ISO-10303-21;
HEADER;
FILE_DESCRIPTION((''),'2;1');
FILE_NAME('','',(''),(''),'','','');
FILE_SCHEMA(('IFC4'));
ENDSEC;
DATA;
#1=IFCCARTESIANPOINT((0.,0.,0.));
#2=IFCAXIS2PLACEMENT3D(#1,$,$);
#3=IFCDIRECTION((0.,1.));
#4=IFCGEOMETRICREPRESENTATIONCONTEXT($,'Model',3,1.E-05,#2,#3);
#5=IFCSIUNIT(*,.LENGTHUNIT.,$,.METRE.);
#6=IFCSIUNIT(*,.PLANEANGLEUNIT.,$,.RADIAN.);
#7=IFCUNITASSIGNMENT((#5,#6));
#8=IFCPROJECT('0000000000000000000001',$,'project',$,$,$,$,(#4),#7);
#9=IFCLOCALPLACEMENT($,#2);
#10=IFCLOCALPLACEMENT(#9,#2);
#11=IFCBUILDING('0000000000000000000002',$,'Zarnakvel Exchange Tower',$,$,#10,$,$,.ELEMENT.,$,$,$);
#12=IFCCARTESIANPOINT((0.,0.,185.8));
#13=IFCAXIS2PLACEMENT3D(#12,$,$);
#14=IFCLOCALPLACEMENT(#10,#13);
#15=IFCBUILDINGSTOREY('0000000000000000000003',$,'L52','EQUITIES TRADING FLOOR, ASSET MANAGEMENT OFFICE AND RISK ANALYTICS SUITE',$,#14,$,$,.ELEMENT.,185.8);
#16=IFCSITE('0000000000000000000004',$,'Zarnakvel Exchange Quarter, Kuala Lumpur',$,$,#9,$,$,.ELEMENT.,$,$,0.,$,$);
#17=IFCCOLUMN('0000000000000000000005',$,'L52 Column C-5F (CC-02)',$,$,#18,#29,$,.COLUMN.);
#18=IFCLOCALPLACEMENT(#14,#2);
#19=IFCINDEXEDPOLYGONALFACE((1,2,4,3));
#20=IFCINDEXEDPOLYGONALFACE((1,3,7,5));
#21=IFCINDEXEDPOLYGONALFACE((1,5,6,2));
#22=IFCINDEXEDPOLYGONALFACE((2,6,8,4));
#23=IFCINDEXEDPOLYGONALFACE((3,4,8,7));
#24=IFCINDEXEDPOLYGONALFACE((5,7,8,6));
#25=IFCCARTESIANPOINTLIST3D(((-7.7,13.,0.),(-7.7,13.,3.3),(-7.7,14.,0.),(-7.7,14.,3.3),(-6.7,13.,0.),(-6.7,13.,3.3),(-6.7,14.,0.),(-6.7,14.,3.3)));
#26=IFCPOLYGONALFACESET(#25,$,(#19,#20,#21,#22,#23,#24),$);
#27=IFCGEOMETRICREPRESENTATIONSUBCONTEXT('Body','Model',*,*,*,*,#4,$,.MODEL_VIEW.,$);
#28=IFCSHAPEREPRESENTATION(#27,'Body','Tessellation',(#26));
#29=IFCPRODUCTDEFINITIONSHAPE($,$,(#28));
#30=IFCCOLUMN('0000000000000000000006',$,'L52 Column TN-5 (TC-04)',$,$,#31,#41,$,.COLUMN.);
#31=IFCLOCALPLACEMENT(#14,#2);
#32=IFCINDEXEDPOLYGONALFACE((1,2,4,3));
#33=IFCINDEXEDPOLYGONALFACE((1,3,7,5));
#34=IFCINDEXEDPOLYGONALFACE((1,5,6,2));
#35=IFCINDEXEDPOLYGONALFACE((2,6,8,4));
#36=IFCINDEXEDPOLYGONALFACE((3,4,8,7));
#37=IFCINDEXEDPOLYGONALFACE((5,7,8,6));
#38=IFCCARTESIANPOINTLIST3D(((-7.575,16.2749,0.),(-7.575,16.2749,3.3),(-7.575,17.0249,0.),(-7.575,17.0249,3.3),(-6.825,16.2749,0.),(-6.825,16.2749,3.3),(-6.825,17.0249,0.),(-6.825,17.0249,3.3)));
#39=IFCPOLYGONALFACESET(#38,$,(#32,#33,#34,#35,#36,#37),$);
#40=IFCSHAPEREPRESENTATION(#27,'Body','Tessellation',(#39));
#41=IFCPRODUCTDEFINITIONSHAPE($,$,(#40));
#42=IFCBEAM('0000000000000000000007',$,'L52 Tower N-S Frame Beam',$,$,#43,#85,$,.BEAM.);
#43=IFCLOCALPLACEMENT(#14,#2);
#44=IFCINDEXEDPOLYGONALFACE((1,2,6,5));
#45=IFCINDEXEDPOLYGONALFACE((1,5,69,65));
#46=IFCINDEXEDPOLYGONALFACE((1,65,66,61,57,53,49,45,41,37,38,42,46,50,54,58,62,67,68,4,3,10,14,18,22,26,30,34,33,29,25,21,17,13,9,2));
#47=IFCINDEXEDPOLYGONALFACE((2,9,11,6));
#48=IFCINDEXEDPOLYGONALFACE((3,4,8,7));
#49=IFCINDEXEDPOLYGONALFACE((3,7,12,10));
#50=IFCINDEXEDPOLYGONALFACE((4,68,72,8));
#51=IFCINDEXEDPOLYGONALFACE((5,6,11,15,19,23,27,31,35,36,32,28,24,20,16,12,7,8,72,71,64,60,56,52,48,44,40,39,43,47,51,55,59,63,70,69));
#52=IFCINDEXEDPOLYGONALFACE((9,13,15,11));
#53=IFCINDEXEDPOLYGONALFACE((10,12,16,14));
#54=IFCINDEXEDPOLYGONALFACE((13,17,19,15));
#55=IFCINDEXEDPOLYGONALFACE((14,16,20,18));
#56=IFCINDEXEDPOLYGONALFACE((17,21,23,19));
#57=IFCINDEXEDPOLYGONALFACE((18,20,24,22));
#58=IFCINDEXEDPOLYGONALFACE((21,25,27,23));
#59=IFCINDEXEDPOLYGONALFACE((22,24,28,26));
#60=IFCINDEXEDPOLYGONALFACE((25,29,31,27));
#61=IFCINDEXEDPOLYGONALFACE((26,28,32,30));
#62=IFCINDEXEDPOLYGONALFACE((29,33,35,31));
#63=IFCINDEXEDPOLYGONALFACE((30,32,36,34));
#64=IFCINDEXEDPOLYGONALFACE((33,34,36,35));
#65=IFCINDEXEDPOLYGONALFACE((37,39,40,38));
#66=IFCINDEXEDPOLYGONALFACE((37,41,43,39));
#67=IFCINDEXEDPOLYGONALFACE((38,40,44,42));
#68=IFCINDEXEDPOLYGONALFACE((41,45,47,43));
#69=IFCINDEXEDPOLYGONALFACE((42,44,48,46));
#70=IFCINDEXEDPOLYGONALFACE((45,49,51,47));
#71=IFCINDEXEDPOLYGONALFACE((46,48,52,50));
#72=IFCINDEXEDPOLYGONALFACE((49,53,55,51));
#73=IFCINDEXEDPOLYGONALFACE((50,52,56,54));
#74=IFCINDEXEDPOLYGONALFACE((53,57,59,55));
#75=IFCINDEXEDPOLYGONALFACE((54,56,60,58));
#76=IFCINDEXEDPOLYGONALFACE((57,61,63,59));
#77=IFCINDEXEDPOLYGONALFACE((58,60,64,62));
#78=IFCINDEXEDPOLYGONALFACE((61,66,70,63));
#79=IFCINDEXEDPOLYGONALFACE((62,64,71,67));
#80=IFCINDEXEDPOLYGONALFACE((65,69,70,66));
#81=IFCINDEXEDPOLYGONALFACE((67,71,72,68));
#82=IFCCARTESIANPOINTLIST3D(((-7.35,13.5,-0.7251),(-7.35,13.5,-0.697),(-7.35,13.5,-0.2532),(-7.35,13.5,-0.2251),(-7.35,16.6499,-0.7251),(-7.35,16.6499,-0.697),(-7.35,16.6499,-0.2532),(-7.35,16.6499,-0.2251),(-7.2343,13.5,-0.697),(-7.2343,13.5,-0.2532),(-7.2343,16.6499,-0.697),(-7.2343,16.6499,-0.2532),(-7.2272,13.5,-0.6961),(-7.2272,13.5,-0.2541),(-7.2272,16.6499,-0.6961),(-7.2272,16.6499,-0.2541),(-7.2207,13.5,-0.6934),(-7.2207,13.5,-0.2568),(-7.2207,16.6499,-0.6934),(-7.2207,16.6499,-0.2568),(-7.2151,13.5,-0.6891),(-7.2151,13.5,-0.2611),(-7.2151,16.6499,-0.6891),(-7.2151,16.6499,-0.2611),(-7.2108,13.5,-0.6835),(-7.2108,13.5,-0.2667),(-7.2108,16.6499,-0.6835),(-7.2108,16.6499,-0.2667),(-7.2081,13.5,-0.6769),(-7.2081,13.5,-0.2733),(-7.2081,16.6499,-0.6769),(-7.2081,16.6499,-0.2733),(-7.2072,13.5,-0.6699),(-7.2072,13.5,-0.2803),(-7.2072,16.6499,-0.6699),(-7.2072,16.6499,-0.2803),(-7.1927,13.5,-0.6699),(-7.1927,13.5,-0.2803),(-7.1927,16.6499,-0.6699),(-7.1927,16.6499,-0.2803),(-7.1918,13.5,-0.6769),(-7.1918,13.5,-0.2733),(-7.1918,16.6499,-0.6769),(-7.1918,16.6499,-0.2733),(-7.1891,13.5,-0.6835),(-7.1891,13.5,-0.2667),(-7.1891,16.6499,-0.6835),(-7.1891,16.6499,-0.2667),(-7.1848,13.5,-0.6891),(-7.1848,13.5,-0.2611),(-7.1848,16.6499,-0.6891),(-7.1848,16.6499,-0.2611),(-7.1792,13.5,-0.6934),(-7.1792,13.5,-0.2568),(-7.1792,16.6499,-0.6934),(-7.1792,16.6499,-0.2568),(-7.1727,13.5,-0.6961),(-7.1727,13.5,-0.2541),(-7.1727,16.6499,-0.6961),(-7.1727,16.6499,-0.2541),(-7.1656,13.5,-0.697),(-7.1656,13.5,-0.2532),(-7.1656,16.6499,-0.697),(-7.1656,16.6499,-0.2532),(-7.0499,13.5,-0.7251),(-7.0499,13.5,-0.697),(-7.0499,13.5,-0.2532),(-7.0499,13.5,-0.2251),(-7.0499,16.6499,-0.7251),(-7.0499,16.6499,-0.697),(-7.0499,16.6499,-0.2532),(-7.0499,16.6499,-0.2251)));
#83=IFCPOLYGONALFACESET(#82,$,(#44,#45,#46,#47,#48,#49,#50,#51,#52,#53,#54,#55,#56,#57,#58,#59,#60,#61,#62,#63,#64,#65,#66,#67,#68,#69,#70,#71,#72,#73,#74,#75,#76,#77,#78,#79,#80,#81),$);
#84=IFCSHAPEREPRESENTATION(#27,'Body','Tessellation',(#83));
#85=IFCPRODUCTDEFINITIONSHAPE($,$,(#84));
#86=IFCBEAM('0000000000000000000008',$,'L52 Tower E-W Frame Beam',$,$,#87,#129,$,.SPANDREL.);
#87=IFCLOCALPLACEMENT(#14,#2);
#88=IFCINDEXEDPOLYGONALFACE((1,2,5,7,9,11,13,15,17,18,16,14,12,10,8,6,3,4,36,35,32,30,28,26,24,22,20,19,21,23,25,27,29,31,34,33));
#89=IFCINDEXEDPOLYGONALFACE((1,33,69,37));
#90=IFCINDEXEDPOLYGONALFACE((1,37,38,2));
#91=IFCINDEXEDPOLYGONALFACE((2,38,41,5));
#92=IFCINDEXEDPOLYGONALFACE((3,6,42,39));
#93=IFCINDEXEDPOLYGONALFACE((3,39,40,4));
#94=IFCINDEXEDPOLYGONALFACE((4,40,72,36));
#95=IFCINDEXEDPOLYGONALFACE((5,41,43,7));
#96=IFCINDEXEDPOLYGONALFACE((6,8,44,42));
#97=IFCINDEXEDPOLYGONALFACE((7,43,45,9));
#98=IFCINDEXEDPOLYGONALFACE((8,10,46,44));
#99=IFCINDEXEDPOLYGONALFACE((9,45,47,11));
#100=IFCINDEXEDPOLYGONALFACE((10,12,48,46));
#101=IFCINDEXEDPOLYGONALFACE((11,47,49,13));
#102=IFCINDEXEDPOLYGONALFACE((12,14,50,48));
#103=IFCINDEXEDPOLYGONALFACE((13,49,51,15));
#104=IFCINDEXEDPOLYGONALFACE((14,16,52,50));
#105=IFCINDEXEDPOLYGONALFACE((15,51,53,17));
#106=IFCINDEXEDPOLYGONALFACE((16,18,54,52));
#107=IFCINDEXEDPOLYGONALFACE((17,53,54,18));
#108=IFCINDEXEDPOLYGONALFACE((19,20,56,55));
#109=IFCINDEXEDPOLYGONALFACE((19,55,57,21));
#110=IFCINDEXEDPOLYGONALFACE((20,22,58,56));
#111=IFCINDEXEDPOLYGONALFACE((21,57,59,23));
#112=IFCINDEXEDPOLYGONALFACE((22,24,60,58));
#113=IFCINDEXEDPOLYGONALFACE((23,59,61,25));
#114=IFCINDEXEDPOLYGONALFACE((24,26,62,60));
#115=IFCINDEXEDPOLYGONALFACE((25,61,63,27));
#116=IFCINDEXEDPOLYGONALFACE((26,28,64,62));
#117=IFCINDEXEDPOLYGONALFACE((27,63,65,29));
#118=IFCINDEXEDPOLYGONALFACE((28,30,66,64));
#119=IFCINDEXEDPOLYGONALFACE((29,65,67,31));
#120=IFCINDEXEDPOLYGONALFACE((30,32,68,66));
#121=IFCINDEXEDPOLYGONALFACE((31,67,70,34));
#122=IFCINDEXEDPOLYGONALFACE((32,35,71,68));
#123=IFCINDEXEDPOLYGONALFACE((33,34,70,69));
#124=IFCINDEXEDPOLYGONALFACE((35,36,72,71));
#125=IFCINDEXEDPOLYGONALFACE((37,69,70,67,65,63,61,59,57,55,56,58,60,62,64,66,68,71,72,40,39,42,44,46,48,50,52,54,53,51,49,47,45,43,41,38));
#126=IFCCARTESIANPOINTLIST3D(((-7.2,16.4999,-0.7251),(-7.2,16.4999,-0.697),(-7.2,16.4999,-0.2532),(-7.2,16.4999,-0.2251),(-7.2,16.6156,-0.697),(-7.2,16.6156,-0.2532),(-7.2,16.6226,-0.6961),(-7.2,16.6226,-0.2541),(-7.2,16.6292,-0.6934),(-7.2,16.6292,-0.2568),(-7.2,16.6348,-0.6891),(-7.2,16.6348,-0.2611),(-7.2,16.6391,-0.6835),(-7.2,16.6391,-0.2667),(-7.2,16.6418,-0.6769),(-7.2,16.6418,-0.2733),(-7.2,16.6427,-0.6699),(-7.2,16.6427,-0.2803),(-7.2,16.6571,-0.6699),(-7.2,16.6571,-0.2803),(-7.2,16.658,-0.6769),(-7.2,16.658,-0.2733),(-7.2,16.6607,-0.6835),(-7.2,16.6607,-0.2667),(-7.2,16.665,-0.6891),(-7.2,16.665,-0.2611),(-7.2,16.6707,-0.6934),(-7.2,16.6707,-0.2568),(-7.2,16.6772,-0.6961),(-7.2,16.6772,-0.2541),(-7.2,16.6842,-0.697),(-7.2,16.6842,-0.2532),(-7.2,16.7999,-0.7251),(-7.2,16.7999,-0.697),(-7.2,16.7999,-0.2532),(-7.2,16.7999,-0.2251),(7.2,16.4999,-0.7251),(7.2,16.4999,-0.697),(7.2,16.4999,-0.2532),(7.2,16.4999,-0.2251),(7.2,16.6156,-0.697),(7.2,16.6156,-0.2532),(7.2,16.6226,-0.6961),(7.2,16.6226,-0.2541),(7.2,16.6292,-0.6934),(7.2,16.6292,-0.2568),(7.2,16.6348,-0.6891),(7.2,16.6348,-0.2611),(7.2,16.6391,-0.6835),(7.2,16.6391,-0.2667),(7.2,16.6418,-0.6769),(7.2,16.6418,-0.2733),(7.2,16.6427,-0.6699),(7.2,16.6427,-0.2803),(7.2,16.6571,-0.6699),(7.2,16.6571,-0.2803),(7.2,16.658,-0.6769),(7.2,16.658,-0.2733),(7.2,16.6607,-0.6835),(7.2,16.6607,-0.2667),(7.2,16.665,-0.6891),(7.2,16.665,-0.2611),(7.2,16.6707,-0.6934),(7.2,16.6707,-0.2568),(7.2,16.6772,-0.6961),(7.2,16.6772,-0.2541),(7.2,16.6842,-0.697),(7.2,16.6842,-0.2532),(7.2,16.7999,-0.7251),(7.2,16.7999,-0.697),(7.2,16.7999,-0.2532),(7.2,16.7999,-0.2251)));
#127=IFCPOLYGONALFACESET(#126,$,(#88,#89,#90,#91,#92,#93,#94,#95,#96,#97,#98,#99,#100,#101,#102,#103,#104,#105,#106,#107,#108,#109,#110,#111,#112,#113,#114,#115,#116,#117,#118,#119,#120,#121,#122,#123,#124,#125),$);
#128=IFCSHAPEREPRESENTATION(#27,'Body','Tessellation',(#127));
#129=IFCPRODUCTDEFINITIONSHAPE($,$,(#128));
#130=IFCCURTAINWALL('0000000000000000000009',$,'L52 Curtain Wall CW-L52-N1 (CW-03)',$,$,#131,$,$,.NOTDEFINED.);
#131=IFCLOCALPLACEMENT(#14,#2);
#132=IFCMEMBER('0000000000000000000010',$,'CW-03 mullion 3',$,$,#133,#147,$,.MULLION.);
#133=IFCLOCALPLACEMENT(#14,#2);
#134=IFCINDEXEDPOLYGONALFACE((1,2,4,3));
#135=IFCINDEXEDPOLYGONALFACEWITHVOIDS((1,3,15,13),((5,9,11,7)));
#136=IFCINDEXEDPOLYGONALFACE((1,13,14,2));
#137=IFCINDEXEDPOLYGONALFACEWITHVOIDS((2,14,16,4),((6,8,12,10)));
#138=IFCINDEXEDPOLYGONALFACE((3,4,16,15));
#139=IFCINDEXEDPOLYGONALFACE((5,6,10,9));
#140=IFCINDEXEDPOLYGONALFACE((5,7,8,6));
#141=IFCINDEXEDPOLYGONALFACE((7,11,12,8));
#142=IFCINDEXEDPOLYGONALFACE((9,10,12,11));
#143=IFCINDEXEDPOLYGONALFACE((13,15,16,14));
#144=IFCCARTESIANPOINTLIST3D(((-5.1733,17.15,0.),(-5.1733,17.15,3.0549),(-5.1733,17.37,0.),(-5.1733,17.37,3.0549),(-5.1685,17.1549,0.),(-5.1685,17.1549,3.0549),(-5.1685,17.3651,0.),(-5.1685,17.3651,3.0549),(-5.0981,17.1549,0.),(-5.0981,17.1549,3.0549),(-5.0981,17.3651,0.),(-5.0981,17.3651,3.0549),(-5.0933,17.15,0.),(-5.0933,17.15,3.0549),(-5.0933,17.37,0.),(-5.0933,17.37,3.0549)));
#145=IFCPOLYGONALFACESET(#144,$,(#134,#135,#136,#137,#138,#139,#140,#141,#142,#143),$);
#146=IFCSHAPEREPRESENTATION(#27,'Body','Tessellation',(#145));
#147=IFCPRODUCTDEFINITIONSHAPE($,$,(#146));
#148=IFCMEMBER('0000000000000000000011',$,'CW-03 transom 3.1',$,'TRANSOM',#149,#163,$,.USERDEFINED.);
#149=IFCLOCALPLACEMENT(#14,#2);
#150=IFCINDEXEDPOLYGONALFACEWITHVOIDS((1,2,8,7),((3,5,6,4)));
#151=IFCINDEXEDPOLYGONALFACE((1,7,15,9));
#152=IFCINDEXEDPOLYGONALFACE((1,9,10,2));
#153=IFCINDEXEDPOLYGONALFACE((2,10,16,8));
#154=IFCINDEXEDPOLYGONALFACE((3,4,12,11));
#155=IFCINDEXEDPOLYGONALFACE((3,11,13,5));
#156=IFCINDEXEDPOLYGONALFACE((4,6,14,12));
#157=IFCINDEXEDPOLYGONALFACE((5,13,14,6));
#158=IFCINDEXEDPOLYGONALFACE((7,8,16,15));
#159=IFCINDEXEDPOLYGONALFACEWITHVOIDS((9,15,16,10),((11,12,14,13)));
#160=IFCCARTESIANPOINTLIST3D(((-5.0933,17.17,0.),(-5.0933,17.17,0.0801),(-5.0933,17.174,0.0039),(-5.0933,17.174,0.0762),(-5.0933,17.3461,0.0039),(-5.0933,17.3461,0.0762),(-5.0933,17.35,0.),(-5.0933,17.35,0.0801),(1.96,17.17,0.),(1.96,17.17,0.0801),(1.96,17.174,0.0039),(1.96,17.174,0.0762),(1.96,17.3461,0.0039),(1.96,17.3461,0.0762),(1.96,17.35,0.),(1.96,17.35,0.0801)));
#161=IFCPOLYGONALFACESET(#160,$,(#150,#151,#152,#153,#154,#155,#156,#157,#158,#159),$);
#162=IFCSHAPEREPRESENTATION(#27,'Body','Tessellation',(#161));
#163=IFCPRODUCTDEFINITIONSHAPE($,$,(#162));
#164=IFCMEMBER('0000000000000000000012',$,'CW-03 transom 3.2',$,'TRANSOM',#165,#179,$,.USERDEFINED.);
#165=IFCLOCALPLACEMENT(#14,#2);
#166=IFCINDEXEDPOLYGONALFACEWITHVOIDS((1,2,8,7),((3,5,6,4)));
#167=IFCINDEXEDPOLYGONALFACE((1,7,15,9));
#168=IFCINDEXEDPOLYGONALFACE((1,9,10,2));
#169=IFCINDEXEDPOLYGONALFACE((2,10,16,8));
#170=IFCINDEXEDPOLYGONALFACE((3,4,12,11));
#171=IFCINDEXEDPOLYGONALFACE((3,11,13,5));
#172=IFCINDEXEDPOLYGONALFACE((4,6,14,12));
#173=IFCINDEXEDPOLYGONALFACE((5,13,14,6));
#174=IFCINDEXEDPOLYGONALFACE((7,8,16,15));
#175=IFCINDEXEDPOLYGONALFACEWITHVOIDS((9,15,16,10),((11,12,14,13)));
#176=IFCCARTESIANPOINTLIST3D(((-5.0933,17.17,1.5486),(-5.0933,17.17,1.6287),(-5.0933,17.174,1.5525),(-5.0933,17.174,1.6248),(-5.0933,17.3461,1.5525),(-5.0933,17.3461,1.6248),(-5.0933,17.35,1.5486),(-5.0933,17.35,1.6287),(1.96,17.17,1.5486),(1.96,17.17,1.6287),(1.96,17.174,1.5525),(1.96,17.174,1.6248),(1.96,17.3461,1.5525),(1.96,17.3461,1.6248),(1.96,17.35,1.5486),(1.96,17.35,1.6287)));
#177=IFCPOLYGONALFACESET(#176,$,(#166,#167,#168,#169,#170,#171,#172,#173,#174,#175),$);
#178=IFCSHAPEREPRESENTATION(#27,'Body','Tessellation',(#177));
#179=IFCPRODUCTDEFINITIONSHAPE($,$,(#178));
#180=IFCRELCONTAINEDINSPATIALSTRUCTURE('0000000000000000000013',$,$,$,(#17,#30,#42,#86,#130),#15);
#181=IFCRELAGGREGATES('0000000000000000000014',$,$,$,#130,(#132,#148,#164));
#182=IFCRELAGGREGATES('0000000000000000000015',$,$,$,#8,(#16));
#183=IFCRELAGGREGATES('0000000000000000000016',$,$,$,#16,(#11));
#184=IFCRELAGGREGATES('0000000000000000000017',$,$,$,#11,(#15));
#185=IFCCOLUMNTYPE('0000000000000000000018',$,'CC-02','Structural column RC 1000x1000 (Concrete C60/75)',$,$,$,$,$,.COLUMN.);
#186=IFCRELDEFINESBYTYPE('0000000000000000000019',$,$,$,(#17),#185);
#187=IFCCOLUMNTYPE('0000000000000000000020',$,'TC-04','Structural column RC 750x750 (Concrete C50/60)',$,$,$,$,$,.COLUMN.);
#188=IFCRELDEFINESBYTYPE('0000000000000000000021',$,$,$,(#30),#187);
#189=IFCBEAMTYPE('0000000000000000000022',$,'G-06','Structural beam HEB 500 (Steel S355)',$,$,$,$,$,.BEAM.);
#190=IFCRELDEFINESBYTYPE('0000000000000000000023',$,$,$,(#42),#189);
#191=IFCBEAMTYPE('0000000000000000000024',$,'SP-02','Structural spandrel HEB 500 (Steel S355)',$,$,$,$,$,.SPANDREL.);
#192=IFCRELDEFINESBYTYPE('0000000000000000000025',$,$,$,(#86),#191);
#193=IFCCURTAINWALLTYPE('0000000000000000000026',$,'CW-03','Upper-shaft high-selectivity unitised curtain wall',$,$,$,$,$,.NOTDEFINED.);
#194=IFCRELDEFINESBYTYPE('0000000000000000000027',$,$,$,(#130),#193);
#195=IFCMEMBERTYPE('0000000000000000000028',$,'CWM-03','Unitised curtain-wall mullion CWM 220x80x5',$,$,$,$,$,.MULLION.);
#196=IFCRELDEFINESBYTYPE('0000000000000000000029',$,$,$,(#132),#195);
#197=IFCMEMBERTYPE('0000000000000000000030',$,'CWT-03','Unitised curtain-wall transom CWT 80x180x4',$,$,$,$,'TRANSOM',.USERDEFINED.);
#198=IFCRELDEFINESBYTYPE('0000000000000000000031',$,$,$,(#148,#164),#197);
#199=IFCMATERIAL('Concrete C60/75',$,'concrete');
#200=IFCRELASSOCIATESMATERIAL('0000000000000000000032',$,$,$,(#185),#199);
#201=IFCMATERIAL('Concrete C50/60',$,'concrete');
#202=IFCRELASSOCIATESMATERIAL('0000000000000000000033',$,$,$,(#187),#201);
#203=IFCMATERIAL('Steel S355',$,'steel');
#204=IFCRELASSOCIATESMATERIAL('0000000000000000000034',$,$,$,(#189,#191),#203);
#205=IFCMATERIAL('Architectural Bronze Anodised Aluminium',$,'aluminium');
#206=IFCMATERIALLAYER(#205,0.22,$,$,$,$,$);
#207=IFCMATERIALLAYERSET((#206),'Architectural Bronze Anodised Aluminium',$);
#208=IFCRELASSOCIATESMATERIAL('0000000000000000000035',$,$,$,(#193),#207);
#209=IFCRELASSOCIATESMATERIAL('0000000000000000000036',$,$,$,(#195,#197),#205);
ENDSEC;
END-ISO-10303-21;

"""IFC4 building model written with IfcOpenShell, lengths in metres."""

from ifc_helpers import new_model, si_unit, direction, frame, origin, origin_2d, place, context, subcontext, project, spatial, rectangle, hollow_rectangle, i_section, extrude, source, transform, mapped, material, layer, layer_set, material_profile, profile_set, type_object, element, aggregate, save


model = new_model("IFC4")

# Units and contexts
model_context = context("Model", 3, precision=1e-05, world=origin(), true_north=direction((0.0, 1.0)))
body_context = subcontext(model_context, "Body", "Model", "MODEL_VIEW")
ifc_project = project(units=[si_unit("LENGTHUNIT", "METRE"), si_unit("PLANEANGLEUNIT", "RADIAN")], contexts=[model_context])

# Site, building, storey
site_placement = place(None, origin())
site = spatial("IfcSite", under=ifc_project, at=site_placement, Name="Zarnakvel Exchange Quarter, Kuala Lumpur", CompositionType="ELEMENT", RefElevation=0.0)
building_placement = place(site_placement, origin())
building = spatial("IfcBuilding", under=site, at=building_placement, Name="Zarnakvel Exchange Tower", CompositionType="ELEMENT")
storey_placement = place(building_placement, frame((0.0, 0.0, 185.8)))
storey = spatial("IfcBuildingStorey", under=building, at=storey_placement, Name="L52", Description="EQUITIES TRADING FLOOR, ASSET MANAGEMENT OFFICE AND RISK ANALYTICS SUITE", CompositionType="ELEMENT", Elevation=185.8)

# Columns
ifc_material_1 = material(Name="Concrete C60/75", Category="concrete")
ifc_material_profile_1 = material_profile(ifc_material_1, rectangle(XDim=1.0, YDim=1.0, at=origin_2d()))
ifc_profile_set_1 = profile_set([ifc_material_profile_1], Name="Concrete C60/75")
column_type_1 = type_object("IfcColumnType", Name="CC-02", Description="Structural column RC 1000x1000 (Concrete C60/75)", PredefinedType="COLUMN", material=ifc_profile_set_1)
column_1_placement = place(storey_placement, frame((-7.2, 13.5, 0.0), z_axis=(0.0, 0.0, 1.0), x_axis=(1.0, 0.0, 0.0)))
element("IfcColumn", 1, at=column_1_placement, inside=storey, type_object=column_type_1, Name="L52 Column C-5F (CC-02)", PredefinedType="COLUMN", context=body_context, shape_type="SweptSolid", body=[
    extrude(rectangle(XDim=1.0, YDim=1.0, at=origin_2d()), origin(), (0.0, 0.0, 1.0), 3.3),
])
ifc_material_2 = material(Name="Concrete C50/60", Category="concrete")
ifc_material_profile_2 = material_profile(ifc_material_2, rectangle(XDim=0.75, YDim=0.75, at=origin_2d()))
ifc_profile_set_2 = profile_set([ifc_material_profile_2], Name="Concrete C50/60")
column_type_2 = type_object("IfcColumnType", Name="TC-04", Description="Structural column RC 750x750 (Concrete C50/60)", PredefinedType="COLUMN", material=ifc_profile_set_2)
column_2_placement = place(storey_placement, frame((-7.2, 16.6499, 0.0), z_axis=(0.0, 0.0, 1.0), x_axis=(1.0, 0.0, 0.0)))
element("IfcColumn", 2, at=column_2_placement, inside=storey, type_object=column_type_2, Name="L52 Column TN-5 (TC-04)", PredefinedType="COLUMN", context=body_context, shape_type="SweptSolid", body=[
    extrude(rectangle(XDim=0.75, YDim=0.75, at=origin_2d()), origin(), (0.0, 0.0, 1.0), 3.3),
])

# Beams
ifc_material_3 = material(Name="Steel S355", Category="steel")
ifc_material_profile_3 = material_profile(ifc_material_3, i_section(OverallWidth=0.3, OverallDepth=0.5, WebThickness=0.0144, FlangeThickness=0.0281, FilletRadius=0.0271, at=origin_2d()))
ifc_profile_set_3 = profile_set([ifc_material_profile_3], Name="Steel S355")
beam_type_1 = type_object("IfcBeamType", Name="G-06", Description="Structural beam HEB 500 (Steel S355)", PredefinedType="BEAM", material=ifc_profile_set_3)
beam_1_placement = place(storey_placement, frame((-7.2, 13.5, -0.4751), z_axis=(0.0, 1.0, 0.0), x_axis=(-1.0, 0.0, 0.0)))
element("IfcBeam", 3, at=beam_1_placement, inside=storey, type_object=beam_type_1, Name="L52 Tower N-S Frame Beam", PredefinedType="BEAM", context=body_context, shape_type="SweptSolid", body=[
    extrude(i_section(OverallWidth=0.3, OverallDepth=0.5, WebThickness=0.0144, FlangeThickness=0.0281, FilletRadius=0.0271, at=origin_2d()), origin(), (0.0, 0.0, 1.0), 3.1499),
])
ifc_material_profile_4 = material_profile(ifc_material_3, i_section(OverallWidth=0.3, OverallDepth=0.5, WebThickness=0.0144, FlangeThickness=0.0281, FilletRadius=0.0271, at=origin_2d()))
ifc_profile_set_4 = profile_set([ifc_material_profile_4], Name="Steel S355")
beam_type_2 = type_object("IfcBeamType", Name="SP-02", Description="Structural spandrel HEB 500 (Steel S355)", PredefinedType="SPANDREL", material=ifc_profile_set_4)
beam_2_placement = place(storey_placement, frame((-7.2, 16.6499, -0.4751), z_axis=(1.0, 0.0, 0.0), x_axis=(0.0, 1.0, 0.0)))
element("IfcBeam", 4, at=beam_2_placement, inside=storey, type_object=beam_type_2, Name="L52 Tower E-W Frame Beam", PredefinedType="SPANDREL", context=body_context, shape_type="SweptSolid", body=[
    extrude(i_section(OverallWidth=0.3, OverallDepth=0.5, WebThickness=0.0144, FlangeThickness=0.0281, FilletRadius=0.0271, at=origin_2d()), origin(), (0.0, 0.0, 1.0), 14.3999),
])

# Curtain wall, members
ifc_material_4 = material(Name="Architectural Bronze Anodised Aluminium", Category="aluminium")
ifc_layer_1 = layer(ifc_material_4, 0.22)
ifc_layer_set_1 = layer_set([ifc_layer_1], Name="Architectural Bronze Anodised Aluminium")
curtain_wall_type = type_object("IfcCurtainWallType", Name="CW-03", Description="Upper-shaft high-selectivity unitised curtain wall", PredefinedType="NOTDEFINED", material=ifc_layer_set_1)
curtain_wall_placement = place(storey_placement, origin())
curtain_wall = element("IfcCurtainWall", 5, at=curtain_wall_placement, inside=storey, type_object=curtain_wall_type, Name="L52 Curtain Wall CW-L52-N1 (CW-03)", PredefinedType="NOTDEFINED")
ifc_material_profile_5 = material_profile(ifc_material_4, hollow_rectangle(XDim=0.22, YDim=0.0801, WallThickness=0.0049, at=origin_2d()))
ifc_profile_set_5 = profile_set([ifc_material_profile_5], Name="Architectural Bronze Anodised Aluminium")
member_type_1 = type_object("IfcMemberType", Name="CWM-03", Description="Unitised curtain-wall mullion CWM 220x80x5", PredefinedType="MULLION", material=ifc_profile_set_5)
shared_shape_1 = source(origin(), body_context, "Body", "SweptSolid", [
    extrude(hollow_rectangle(XDim=0.22, YDim=0.0801, WallThickness=0.0049, at=origin_2d()), origin(), (0.0, 0.0, 1.0), 3.0549),
])
member_1_placement = place(storey_placement, frame((-5.1333, 17.26, 0.0), z_axis=(0.0, 0.0, 1.0), x_axis=(0.0, 1.0, 0.0)))
member_1 = element("IfcMember", 6, at=member_1_placement, type_object=member_type_1, Name="CW-03 mullion 3", PredefinedType="MULLION", context=body_context, shape_type="MappedRepresentation", body=[
    mapped(shared_shape_1, transform((0.0, 0.0, 0.0), x_axis=(1.0, 0.0, 0.0), y_axis=(0.0, 1.0, 0.0), z_axis=(0.0, 0.0, 1.0), scale=1.0)),
])
ifc_material_profile_6 = material_profile(ifc_material_4, hollow_rectangle(XDim=0.1799, YDim=0.0801, WallThickness=0.0039, at=origin_2d()))
ifc_profile_set_6 = profile_set([ifc_material_profile_6], Name="Architectural Bronze Anodised Aluminium")
member_type_2 = type_object("IfcMemberType", Name="CWT-03", Description="Unitised curtain-wall transom CWT 80x180x4", ElementType="TRANSOM", PredefinedType="USERDEFINED", material=ifc_profile_set_6)
shared_shape_2 = source(origin(), body_context, "Body", "SweptSolid", [
    extrude(hollow_rectangle(XDim=0.1799, YDim=0.0801, WallThickness=0.0039, at=origin_2d()), origin(), (0.0, 0.0, 1.0), 7.0532),
])
member_2_placement = place(storey_placement, frame((-5.0933, 17.26, 0.04), z_axis=(1.0, 0.0, 0.0), x_axis=(0.0, 1.0, 0.0)))
member_2 = element("IfcMember", 7, at=member_2_placement, type_object=member_type_2, Name="CW-03 transom 3.1", ObjectType="TRANSOM", PredefinedType="USERDEFINED", context=body_context, shape_type="MappedRepresentation", body=[
    mapped(shared_shape_2, transform((0.0, 0.0, 0.0), x_axis=(1.0, 0.0, 0.0), y_axis=(0.0, 1.0, 0.0), z_axis=(0.0, 0.0, 1.0), scale=1.0)),
])
member_3_placement = place(storey_placement, frame((-5.0933, 17.26, 1.5886), z_axis=(1.0, 0.0, 0.0), x_axis=(0.0, 1.0, 0.0)))
member_3 = element("IfcMember", 8, at=member_3_placement, type_object=member_type_2, Name="CW-03 transom 3.2", ObjectType="TRANSOM", PredefinedType="USERDEFINED", context=body_context, shape_type="MappedRepresentation", body=[
    mapped(shared_shape_2, transform((0.0, 0.0, 0.0), x_axis=(1.0, 0.0, 0.0), y_axis=(0.0, 1.0, 0.0), z_axis=(0.0, 0.0, 1.0), scale=1.0)),
])
aggregate(curtain_wall, [member_1, member_2, member_3])

save(model, "model.ifc")
